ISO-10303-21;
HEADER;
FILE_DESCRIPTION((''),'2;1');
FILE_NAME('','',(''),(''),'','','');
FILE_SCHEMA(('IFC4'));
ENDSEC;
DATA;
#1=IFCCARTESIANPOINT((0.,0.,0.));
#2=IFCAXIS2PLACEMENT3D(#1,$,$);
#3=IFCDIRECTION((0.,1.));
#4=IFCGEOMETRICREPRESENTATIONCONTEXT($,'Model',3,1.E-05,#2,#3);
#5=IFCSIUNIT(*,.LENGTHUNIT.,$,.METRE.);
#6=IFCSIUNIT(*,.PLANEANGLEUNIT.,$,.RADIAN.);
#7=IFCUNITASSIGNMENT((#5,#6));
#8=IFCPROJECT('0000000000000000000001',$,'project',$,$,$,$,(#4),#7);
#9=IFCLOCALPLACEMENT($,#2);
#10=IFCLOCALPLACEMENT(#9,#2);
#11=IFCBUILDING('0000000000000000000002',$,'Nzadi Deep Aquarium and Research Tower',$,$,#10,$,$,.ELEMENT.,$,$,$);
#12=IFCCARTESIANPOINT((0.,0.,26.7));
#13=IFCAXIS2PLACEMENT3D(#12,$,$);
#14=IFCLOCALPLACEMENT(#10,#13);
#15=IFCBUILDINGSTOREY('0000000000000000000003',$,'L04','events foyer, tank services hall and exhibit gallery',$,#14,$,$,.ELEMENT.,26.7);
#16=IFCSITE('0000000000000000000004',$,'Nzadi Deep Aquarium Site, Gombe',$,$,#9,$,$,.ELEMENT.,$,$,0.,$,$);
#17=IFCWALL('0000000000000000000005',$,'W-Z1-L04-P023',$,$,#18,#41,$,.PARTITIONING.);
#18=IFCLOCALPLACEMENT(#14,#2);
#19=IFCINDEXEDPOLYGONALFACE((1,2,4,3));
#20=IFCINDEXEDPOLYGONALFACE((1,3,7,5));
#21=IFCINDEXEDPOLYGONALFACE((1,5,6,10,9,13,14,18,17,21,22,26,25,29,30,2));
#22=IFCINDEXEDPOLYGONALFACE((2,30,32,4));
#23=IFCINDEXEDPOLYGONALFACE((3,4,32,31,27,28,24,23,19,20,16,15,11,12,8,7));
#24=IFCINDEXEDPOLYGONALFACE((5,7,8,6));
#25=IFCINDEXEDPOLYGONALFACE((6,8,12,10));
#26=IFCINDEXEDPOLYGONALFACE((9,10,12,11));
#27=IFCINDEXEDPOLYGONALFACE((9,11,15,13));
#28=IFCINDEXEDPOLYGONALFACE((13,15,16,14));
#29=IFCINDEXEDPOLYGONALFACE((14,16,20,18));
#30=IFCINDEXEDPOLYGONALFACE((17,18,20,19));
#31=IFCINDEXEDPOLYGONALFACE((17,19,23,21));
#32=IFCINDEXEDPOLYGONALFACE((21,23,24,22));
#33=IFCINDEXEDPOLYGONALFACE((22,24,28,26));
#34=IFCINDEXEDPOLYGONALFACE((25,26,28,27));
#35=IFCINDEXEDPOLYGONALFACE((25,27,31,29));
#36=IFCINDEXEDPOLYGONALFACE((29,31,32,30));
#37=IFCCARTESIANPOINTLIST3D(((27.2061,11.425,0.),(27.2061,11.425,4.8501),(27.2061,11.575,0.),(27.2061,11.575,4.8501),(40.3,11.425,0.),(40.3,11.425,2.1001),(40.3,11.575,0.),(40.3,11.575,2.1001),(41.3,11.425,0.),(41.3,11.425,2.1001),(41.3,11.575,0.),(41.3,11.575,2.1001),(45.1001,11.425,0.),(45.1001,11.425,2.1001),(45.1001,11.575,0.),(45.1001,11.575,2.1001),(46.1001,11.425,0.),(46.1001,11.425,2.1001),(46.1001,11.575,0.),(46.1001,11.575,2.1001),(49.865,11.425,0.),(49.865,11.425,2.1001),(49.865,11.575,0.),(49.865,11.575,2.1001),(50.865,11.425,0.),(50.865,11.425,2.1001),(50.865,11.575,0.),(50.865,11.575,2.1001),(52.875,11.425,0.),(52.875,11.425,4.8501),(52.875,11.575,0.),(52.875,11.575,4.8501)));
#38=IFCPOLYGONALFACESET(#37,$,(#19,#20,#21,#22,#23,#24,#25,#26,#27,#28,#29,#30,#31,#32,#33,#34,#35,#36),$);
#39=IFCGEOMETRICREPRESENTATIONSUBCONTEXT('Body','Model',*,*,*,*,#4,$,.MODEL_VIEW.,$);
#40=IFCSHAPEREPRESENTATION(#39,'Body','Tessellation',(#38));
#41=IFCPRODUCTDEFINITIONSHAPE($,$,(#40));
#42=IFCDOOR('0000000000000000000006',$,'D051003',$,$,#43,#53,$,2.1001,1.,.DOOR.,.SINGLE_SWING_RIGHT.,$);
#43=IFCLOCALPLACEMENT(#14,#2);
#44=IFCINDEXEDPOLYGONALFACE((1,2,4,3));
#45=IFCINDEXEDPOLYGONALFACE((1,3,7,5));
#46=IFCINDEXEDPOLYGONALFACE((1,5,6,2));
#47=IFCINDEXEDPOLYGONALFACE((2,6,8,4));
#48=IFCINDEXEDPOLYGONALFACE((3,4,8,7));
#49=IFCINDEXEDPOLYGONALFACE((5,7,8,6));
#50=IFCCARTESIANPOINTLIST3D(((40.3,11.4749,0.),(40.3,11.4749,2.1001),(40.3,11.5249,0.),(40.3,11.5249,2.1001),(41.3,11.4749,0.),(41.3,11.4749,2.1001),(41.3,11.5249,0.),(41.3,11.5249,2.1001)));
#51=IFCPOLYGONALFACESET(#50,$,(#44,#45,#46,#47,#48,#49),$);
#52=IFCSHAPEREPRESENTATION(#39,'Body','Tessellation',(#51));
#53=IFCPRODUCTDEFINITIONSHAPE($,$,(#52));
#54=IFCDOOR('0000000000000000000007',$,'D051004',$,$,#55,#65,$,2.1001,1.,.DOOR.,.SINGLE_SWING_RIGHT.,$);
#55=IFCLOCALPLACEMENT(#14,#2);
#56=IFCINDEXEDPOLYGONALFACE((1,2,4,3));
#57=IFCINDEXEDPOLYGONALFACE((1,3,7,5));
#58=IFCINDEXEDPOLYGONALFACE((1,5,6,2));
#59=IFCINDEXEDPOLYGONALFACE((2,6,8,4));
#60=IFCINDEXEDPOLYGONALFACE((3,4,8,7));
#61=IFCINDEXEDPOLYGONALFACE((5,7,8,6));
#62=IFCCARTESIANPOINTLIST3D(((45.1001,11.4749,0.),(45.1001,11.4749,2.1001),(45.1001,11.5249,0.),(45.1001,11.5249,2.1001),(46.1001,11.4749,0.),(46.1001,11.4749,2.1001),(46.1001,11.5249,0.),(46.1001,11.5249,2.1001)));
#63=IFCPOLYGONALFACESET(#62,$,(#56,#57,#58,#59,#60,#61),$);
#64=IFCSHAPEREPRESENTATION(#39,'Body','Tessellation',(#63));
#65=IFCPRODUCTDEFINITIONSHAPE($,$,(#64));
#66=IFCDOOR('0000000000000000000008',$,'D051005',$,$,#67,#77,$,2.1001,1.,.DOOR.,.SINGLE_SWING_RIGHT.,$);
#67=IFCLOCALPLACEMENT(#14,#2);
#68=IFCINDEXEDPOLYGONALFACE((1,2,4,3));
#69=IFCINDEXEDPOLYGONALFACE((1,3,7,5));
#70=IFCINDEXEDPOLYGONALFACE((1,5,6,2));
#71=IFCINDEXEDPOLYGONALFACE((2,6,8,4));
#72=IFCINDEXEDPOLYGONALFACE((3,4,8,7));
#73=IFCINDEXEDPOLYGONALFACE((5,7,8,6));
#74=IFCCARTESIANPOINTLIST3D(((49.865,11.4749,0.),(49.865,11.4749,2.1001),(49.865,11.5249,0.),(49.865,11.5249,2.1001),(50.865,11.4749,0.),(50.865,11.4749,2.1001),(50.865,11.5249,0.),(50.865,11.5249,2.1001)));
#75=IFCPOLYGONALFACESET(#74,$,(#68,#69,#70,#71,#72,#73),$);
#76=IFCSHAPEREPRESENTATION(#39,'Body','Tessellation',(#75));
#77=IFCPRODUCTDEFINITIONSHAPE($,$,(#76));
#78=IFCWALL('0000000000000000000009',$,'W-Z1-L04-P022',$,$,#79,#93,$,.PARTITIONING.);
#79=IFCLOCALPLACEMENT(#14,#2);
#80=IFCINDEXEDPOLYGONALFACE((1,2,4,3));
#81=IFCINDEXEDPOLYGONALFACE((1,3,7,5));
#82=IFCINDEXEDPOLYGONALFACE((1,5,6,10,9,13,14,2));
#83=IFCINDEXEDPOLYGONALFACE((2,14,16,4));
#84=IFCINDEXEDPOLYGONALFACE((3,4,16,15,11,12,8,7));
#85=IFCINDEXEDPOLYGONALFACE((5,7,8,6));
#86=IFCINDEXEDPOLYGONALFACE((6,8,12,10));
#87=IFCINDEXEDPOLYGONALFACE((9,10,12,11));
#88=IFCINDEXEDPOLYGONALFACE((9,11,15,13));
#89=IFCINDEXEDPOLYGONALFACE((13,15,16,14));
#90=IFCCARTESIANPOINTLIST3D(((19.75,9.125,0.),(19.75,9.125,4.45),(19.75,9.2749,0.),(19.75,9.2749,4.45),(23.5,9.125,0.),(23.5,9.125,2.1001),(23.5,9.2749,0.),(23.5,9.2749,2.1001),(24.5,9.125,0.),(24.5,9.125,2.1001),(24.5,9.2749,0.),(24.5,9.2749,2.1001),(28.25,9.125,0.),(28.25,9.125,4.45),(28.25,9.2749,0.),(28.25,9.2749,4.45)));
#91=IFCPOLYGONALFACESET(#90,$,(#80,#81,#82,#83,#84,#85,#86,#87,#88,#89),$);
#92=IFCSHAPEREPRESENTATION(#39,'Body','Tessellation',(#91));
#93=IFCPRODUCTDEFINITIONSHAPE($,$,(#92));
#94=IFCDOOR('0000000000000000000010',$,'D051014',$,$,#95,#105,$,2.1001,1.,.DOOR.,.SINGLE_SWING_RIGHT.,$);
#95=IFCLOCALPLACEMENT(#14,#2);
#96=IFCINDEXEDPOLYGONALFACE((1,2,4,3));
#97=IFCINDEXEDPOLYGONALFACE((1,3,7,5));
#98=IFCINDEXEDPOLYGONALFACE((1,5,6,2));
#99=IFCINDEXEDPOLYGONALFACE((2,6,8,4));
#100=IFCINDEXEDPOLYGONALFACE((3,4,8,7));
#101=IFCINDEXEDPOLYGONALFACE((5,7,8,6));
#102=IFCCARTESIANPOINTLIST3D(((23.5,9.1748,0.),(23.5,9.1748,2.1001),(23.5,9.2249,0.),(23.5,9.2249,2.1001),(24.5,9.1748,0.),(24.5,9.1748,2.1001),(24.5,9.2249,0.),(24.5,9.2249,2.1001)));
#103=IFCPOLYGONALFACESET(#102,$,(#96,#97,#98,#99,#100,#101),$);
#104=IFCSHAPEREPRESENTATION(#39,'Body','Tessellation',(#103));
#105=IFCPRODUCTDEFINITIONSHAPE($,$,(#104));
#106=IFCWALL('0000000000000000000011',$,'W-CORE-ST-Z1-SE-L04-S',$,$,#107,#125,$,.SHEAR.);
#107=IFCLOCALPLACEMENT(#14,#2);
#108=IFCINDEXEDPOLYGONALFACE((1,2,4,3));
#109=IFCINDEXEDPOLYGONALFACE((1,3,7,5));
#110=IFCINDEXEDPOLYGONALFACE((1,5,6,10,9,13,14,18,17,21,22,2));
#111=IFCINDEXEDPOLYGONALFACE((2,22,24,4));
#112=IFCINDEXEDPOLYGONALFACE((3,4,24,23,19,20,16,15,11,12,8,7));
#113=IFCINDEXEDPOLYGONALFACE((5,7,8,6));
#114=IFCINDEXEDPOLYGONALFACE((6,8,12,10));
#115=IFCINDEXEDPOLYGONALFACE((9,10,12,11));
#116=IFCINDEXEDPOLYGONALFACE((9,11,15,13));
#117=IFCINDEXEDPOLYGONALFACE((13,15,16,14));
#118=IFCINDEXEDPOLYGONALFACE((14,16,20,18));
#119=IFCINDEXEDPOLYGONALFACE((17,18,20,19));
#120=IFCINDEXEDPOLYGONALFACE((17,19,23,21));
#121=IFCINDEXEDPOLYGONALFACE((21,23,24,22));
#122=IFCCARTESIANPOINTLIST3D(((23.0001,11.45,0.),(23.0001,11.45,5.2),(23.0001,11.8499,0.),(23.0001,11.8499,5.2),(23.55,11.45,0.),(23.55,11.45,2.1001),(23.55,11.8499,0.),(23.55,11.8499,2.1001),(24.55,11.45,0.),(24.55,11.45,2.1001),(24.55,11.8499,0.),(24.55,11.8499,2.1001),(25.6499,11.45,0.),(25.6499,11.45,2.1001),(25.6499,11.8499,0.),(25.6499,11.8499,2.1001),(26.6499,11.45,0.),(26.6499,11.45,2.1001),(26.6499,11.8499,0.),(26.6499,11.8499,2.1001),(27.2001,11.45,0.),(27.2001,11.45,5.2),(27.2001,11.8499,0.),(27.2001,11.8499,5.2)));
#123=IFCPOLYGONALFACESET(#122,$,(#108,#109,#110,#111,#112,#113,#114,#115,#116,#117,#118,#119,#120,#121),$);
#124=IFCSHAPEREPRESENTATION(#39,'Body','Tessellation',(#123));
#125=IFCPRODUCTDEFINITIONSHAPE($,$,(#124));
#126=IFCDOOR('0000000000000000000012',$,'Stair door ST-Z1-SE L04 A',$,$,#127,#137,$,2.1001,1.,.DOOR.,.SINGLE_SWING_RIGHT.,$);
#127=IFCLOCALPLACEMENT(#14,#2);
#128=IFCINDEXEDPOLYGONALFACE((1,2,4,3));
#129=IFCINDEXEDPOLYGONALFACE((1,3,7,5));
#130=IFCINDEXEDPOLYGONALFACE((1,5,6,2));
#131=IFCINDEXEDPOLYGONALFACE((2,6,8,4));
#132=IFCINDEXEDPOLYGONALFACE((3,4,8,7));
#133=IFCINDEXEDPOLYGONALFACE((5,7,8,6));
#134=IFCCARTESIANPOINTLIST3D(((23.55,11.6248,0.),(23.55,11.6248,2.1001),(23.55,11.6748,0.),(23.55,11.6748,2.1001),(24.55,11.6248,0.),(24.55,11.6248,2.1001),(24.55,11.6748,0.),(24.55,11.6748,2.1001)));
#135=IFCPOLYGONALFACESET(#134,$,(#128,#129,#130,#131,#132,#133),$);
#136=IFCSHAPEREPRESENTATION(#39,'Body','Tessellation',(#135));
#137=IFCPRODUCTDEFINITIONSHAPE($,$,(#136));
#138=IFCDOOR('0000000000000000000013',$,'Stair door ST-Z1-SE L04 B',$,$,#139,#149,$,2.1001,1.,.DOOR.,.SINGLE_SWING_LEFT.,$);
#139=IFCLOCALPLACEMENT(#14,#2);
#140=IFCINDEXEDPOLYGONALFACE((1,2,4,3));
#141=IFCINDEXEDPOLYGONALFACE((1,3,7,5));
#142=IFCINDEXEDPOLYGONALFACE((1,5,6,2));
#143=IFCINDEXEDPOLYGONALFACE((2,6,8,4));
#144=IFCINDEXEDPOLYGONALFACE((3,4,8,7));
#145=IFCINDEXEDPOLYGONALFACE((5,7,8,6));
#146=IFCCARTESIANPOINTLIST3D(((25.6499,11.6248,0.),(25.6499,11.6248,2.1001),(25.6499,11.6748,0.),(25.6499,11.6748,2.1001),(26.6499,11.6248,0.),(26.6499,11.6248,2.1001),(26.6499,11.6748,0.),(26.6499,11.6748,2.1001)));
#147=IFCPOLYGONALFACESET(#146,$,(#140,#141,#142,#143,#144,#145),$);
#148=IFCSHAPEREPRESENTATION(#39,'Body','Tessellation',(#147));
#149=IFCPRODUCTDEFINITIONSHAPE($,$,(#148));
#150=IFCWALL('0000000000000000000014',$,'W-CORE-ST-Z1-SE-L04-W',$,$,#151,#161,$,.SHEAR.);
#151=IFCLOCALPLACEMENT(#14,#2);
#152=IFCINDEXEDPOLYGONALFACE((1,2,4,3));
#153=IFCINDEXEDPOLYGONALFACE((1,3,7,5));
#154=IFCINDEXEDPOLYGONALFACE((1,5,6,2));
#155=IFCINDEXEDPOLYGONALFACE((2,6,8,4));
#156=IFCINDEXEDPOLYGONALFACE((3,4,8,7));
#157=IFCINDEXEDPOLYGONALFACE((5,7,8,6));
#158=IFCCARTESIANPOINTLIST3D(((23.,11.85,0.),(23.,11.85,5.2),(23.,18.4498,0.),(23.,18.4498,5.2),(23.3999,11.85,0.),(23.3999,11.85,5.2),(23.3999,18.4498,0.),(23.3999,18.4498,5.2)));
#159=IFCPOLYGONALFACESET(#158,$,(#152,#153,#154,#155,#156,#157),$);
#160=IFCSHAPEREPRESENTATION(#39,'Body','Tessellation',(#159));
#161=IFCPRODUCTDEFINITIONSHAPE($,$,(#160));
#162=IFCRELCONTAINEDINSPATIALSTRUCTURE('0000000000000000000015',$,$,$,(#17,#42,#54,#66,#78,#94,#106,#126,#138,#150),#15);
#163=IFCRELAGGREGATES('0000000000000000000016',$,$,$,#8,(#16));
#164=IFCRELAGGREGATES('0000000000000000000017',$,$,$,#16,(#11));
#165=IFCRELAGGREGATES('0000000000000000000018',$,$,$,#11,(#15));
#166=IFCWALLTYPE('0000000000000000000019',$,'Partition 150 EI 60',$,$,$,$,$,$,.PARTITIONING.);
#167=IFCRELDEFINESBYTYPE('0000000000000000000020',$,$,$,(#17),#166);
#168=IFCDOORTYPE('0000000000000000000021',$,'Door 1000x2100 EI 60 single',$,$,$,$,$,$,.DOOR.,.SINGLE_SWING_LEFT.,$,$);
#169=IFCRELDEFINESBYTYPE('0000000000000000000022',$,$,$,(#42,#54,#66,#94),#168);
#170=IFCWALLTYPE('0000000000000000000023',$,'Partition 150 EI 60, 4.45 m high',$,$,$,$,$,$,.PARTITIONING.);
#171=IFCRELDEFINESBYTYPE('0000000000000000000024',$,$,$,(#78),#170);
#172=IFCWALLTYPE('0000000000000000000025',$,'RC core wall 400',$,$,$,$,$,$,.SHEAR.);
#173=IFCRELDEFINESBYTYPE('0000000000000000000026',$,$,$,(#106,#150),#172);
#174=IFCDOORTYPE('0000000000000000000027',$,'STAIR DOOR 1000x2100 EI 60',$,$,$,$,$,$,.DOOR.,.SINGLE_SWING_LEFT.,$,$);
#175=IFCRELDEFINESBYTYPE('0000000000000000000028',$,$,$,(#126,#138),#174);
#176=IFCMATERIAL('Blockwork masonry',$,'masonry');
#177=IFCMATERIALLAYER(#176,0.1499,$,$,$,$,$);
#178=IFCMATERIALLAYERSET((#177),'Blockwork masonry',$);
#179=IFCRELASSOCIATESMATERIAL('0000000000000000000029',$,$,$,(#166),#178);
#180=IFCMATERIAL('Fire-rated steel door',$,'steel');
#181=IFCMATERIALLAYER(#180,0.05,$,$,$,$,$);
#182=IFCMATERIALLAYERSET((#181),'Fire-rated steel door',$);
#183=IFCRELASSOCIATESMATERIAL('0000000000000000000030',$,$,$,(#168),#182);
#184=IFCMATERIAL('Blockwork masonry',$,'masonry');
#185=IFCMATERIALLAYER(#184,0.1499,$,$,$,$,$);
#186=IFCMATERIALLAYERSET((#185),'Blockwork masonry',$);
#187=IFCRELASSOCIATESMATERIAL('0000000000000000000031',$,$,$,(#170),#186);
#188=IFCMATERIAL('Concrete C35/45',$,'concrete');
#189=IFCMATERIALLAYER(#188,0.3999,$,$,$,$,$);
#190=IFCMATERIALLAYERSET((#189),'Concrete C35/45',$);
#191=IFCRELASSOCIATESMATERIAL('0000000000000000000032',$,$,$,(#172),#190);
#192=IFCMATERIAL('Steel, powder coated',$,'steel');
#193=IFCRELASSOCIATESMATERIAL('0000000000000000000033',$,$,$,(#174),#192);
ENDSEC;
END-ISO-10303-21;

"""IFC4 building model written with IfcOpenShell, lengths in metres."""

from ifc_helpers import new_model, si_unit, direction, frame, frame_2d, origin, place, context, subcontext, project, spatial, rectangle, extrude, material, layer, layer_set, type_object, element, fill, save


model = new_model("IFC4")

# Units and contexts
model_context = context("Model", 3, precision=1e-05, world=origin(), true_north=direction((0.0, 1.0)))
body_context = subcontext(model_context, "Body", "Model", "MODEL_VIEW")
ifc_project = project(units=[si_unit("LENGTHUNIT", "METRE"), si_unit("PLANEANGLEUNIT", "RADIAN")], contexts=[model_context])

# Site, building, storey
site_placement = place(None, origin())
site = spatial("IfcSite", under=ifc_project, at=site_placement, Name="Nzadi Deep Aquarium Site, Gombe", CompositionType="ELEMENT", RefElevation=0.0)
building_placement = place(site_placement, origin())
building = spatial("IfcBuilding", under=site, at=building_placement, Name="Nzadi Deep Aquarium and Research Tower", CompositionType="ELEMENT")
storey_placement = place(building_placement, frame((0.0, 0.0, 26.7)))
storey = spatial("IfcBuildingStorey", under=building, at=storey_placement, Name="L04", Description="events foyer, tank services hall and exhibit gallery", CompositionType="ELEMENT", Elevation=26.7)

# Wall, openings, doors
ifc_material_1 = material(Name="Blockwork masonry", Category="masonry")
ifc_layer_1 = layer(ifc_material_1, 0.1499)
ifc_layer_set_1 = layer_set([ifc_layer_1], Name="Blockwork masonry")
wall_type_1 = type_object("IfcWallType", Name="Partition 150 EI 60", PredefinedType="PARTITIONING", material=ifc_layer_set_1)
wall_1_placement = place(storey_placement, frame((27.2061, 11.5, 0.0), z_axis=(0.0, 0.0, 1.0), x_axis=(1.0, 0.0, 0.0)))
wall_1 = element("IfcWall", 1, at=wall_1_placement, inside=storey, type_object=wall_type_1, Name="W-Z1-L04-P023", PredefinedType="PARTITIONING", context=body_context, shape_type="SweptSolid", body=[
    extrude(rectangle(XDim=25.6689, YDim=0.1499, at=frame_2d((12.8345, 0.0))), origin(), (0.0, 0.0, 1.0), 4.8501),
])
opening_1_placement = place(wall_1_placement, frame((13.094, 0.0, 0.0)))
opening_1 = element("IfcOpeningElement", 2, at=opening_1_placement, cuts=wall_1, PredefinedType="OPENING", context=body_context, shape_type="SweptSolid", body=[
    extrude(rectangle(XDim=1.0, YDim=2.1001, at=frame_2d((0.5, 1.05))), frame((0.0, 0.085, 0.0), z_axis=(0.0, -1.0, 0.0), x_axis=(1.0, 0.0, 0.0)), (0.0, 0.0, 1.0), 0.1699),
])
opening_2_placement = place(wall_1_placement, frame((17.894, 0.0, 0.0)))
opening_2 = element("IfcOpeningElement", 3, at=opening_2_placement, cuts=wall_1, PredefinedType="OPENING", context=body_context, shape_type="SweptSolid", body=[
    extrude(rectangle(XDim=1.0, YDim=2.1001, at=frame_2d((0.5, 1.05))), frame((0.0, 0.085, 0.0), z_axis=(0.0, -1.0, 0.0), x_axis=(1.0, 0.0, 0.0)), (0.0, 0.0, 1.0), 0.1699),
])
opening_3_placement = place(wall_1_placement, frame((22.6589, 0.0, 0.0)))
opening_3 = element("IfcOpeningElement", 4, at=opening_3_placement, cuts=wall_1, PredefinedType="OPENING", context=body_context, shape_type="SweptSolid", body=[
    extrude(rectangle(XDim=1.0, YDim=2.1001, at=frame_2d((0.5, 1.05))), frame((0.0, 0.085, 0.0), z_axis=(0.0, -1.0, 0.0), x_axis=(1.0, 0.0, 0.0)), (0.0, 0.0, 1.0), 0.1699),
])
ifc_material_2 = material(Name="Fire-rated steel door", Category="steel")
ifc_layer_2 = layer(ifc_material_2, 0.05)
ifc_layer_set_2 = layer_set([ifc_layer_2], Name="Fire-rated steel door")
door_type_1 = type_object("IfcDoorType", Name="Door 1000x2100 EI 60 single", OperationType="SINGLE_SWING_LEFT", PredefinedType="DOOR", material=ifc_layer_set_2)
door_1_placement = place(opening_1_placement, origin())
door_1 = element("IfcDoor", 5, at=door_1_placement, inside=storey, type_object=door_type_1, Name="D051003", OperationType="SINGLE_SWING_RIGHT", OverallHeight=2.1001, OverallWidth=1.0, PredefinedType="DOOR", context=body_context, shape_type="SweptSolid", body=[
    extrude(rectangle(XDim=1.0, YDim=2.1001, at=frame_2d((0.5, 1.05))), frame((0.0, 0.0249, 0.0), z_axis=(0.0, -1.0, 0.0), x_axis=(1.0, 0.0, 0.0)), (0.0, 0.0, 1.0), 0.05),
])
fill(opening_1, door_1)
door_2_placement = place(opening_2_placement, origin())
door_2 = element("IfcDoor", 6, at=door_2_placement, inside=storey, type_object=door_type_1, Name="D051004", OperationType="SINGLE_SWING_RIGHT", OverallHeight=2.1001, OverallWidth=1.0, PredefinedType="DOOR", context=body_context, shape_type="SweptSolid", body=[
    extrude(rectangle(XDim=1.0, YDim=2.1001, at=frame_2d((0.5, 1.05))), frame((0.0, 0.0249, 0.0), z_axis=(0.0, -1.0, 0.0), x_axis=(1.0, 0.0, 0.0)), (0.0, 0.0, 1.0), 0.05),
])
fill(opening_2, door_2)
door_3_placement = place(opening_3_placement, origin())
door_3 = element("IfcDoor", 7, at=door_3_placement, inside=storey, type_object=door_type_1, Name="D051005", OperationType="SINGLE_SWING_RIGHT", OverallHeight=2.1001, OverallWidth=1.0, PredefinedType="DOOR", context=body_context, shape_type="SweptSolid", body=[
    extrude(rectangle(XDim=1.0, YDim=2.1001, at=frame_2d((0.5, 1.05))), frame((0.0, 0.0249, 0.0), z_axis=(0.0, -1.0, 0.0), x_axis=(1.0, 0.0, 0.0)), (0.0, 0.0, 1.0), 0.05),
])
fill(opening_3, door_3)

# Wall, opening, door
ifc_material_3 = material(Name="Blockwork masonry", Category="masonry")
ifc_layer_3 = layer(ifc_material_3, 0.1499)
ifc_layer_set_3 = layer_set([ifc_layer_3], Name="Blockwork masonry")
wall_type_2 = type_object("IfcWallType", Name="Partition 150 EI 60, 4.45 m high", PredefinedType="PARTITIONING", material=ifc_layer_set_3)
wall_2_placement = place(storey_placement, frame((19.75, 9.2, 0.0), z_axis=(0.0, 0.0, 1.0), x_axis=(1.0, 0.0, 0.0)))
wall_2 = element("IfcWall", 8, at=wall_2_placement, inside=storey, type_object=wall_type_2, Name="W-Z1-L04-P022", PredefinedType="PARTITIONING", context=body_context, shape_type="SweptSolid", body=[
    extrude(rectangle(XDim=8.5, YDim=0.1499, at=frame_2d((4.25, 0.0))), origin(), (0.0, 0.0, 1.0), 4.45),
])
opening_4_placement = place(wall_2_placement, frame((3.75, 0.0, 0.0)))
opening_4 = element("IfcOpeningElement", 9, at=opening_4_placement, cuts=wall_2, PredefinedType="OPENING", context=body_context, shape_type="SweptSolid", body=[
    extrude(rectangle(XDim=1.0, YDim=2.1001, at=frame_2d((0.5, 1.05))), frame((0.0, 0.085, 0.0), z_axis=(0.0, -1.0, 0.0), x_axis=(1.0, 0.0, 0.0)), (0.0, 0.0, 1.0), 0.1699),
])
door_4_placement = place(opening_4_placement, origin())
door_4 = element("IfcDoor", 10, at=door_4_placement, inside=storey, type_object=door_type_1, Name="D051014", OperationType="SINGLE_SWING_RIGHT", OverallHeight=2.1001, OverallWidth=1.0, PredefinedType="DOOR", context=body_context, shape_type="SweptSolid", body=[
    extrude(rectangle(XDim=1.0, YDim=2.1001, at=frame_2d((0.5, 1.05))), frame((0.0, 0.0249, 0.0), z_axis=(0.0, -1.0, 0.0), x_axis=(1.0, 0.0, 0.0)), (0.0, 0.0, 1.0), 0.05),
])
fill(opening_4, door_4)

# Wall, openings, doors
ifc_material_4 = material(Name="Concrete C35/45", Category="concrete")
ifc_layer_4 = layer(ifc_material_4, 0.3999)
ifc_layer_set_4 = layer_set([ifc_layer_4], Name="Concrete C35/45")
wall_type_3 = type_object("IfcWallType", Name="RC core wall 400", PredefinedType="SHEAR", material=ifc_layer_set_4)
wall_3_placement = place(storey_placement, frame((23.0, 11.6499, 0.0), z_axis=(0.0, 0.0, 1.0), x_axis=(1.0, 0.0, 0.0)))
wall_3 = element("IfcWall", 11, at=wall_3_placement, inside=storey, type_object=wall_type_3, Name="W-CORE-ST-Z1-SE-L04-S", PredefinedType="SHEAR", context=body_context, shape_type="SweptSolid", body=[
    extrude(rectangle(XDim=4.2, YDim=0.3999, at=frame_2d((2.1001, 0.0))), origin(), (0.0, 0.0, 1.0), 5.2),
])
opening_5_placement = place(wall_3_placement, frame((0.55, 0.0, 0.0)))
opening_5 = element("IfcOpeningElement", 12, at=opening_5_placement, cuts=wall_3, PredefinedType="OPENING", context=body_context, shape_type="SweptSolid", body=[
    extrude(rectangle(XDim=1.0, YDim=2.1001, at=frame_2d((0.5, 1.05))), frame((0.0, 0.21, 0.0), z_axis=(0.0, -1.0, 0.0), x_axis=(1.0, 0.0, 0.0)), (0.0, 0.0, 1.0), 0.4199),
])
opening_6_placement = place(wall_3_placement, frame((2.6499, 0.0, 0.0)))
opening_6 = element("IfcOpeningElement", 13, at=opening_6_placement, cuts=wall_3, PredefinedType="OPENING", context=body_context, shape_type="SweptSolid", body=[
    extrude(rectangle(XDim=1.0, YDim=2.1001, at=frame_2d((0.5, 1.05))), frame((0.0, 0.21, 0.0), z_axis=(0.0, -1.0, 0.0), x_axis=(1.0, 0.0, 0.0)), (0.0, 0.0, 1.0), 0.4199),
])
ifc_material_5 = material(Name="Steel, powder coated", Category="steel")
door_type_2 = type_object("IfcDoorType", Name="STAIR DOOR 1000x2100 EI 60", OperationType="SINGLE_SWING_LEFT", PredefinedType="DOOR", material=ifc_material_5)
door_5_placement = place(opening_5_placement, origin())
door_5 = element("IfcDoor", 14, at=door_5_placement, inside=storey, type_object=door_type_2, Name="Stair door ST-Z1-SE L04 A", OperationType="SINGLE_SWING_RIGHT", OverallHeight=2.1001, OverallWidth=1.0, PredefinedType="DOOR", context=body_context, shape_type="SweptSolid", body=[
    extrude(rectangle(XDim=1.0, YDim=2.1001, at=frame_2d((0.5, 1.05))), frame((0.0, 0.0249, 0.0), z_axis=(0.0, -1.0, 0.0), x_axis=(1.0, 0.0, 0.0)), (0.0, 0.0, 1.0), 0.05),
])
fill(opening_5, door_5)
door_6_placement = place(opening_6_placement, origin())
door_6 = element("IfcDoor", 15, at=door_6_placement, inside=storey, type_object=door_type_2, Name="Stair door ST-Z1-SE L04 B", OperationType="SINGLE_SWING_LEFT", OverallHeight=2.1001, OverallWidth=1.0, PredefinedType="DOOR", context=body_context, shape_type="SweptSolid", body=[
    extrude(rectangle(XDim=1.0, YDim=2.1001, at=frame_2d((0.5, 1.05))), frame((0.0, 0.0249, 0.0), z_axis=(0.0, -1.0, 0.0), x_axis=(1.0, 0.0, 0.0)), (0.0, 0.0, 1.0), 0.05),
])
fill(opening_6, door_6)

# Wall
for number, where, z_axis, x_axis, name in (
    (16, (23.2, 11.8501, 0.0), (0.0, 0.0, 1.0), (0.0, 1.0, 0.0), "W-CORE-ST-Z1-SE-L04-W"),
):
    element("IfcWall", number, at=place(storey_placement, frame(where, z_axis=z_axis, x_axis=x_axis)), inside=storey, type_object=wall_type_3, Name=name, PredefinedType="SHEAR", context=body_context, shape_type="SweptSolid", body=[
        extrude(rectangle(XDim=6.5999, YDim=0.3999, at=frame_2d((3.2998, 0.0))), origin(), (0.0, 0.0, 1.0), 5.2),
    ])

save(model, "model.ifc")
